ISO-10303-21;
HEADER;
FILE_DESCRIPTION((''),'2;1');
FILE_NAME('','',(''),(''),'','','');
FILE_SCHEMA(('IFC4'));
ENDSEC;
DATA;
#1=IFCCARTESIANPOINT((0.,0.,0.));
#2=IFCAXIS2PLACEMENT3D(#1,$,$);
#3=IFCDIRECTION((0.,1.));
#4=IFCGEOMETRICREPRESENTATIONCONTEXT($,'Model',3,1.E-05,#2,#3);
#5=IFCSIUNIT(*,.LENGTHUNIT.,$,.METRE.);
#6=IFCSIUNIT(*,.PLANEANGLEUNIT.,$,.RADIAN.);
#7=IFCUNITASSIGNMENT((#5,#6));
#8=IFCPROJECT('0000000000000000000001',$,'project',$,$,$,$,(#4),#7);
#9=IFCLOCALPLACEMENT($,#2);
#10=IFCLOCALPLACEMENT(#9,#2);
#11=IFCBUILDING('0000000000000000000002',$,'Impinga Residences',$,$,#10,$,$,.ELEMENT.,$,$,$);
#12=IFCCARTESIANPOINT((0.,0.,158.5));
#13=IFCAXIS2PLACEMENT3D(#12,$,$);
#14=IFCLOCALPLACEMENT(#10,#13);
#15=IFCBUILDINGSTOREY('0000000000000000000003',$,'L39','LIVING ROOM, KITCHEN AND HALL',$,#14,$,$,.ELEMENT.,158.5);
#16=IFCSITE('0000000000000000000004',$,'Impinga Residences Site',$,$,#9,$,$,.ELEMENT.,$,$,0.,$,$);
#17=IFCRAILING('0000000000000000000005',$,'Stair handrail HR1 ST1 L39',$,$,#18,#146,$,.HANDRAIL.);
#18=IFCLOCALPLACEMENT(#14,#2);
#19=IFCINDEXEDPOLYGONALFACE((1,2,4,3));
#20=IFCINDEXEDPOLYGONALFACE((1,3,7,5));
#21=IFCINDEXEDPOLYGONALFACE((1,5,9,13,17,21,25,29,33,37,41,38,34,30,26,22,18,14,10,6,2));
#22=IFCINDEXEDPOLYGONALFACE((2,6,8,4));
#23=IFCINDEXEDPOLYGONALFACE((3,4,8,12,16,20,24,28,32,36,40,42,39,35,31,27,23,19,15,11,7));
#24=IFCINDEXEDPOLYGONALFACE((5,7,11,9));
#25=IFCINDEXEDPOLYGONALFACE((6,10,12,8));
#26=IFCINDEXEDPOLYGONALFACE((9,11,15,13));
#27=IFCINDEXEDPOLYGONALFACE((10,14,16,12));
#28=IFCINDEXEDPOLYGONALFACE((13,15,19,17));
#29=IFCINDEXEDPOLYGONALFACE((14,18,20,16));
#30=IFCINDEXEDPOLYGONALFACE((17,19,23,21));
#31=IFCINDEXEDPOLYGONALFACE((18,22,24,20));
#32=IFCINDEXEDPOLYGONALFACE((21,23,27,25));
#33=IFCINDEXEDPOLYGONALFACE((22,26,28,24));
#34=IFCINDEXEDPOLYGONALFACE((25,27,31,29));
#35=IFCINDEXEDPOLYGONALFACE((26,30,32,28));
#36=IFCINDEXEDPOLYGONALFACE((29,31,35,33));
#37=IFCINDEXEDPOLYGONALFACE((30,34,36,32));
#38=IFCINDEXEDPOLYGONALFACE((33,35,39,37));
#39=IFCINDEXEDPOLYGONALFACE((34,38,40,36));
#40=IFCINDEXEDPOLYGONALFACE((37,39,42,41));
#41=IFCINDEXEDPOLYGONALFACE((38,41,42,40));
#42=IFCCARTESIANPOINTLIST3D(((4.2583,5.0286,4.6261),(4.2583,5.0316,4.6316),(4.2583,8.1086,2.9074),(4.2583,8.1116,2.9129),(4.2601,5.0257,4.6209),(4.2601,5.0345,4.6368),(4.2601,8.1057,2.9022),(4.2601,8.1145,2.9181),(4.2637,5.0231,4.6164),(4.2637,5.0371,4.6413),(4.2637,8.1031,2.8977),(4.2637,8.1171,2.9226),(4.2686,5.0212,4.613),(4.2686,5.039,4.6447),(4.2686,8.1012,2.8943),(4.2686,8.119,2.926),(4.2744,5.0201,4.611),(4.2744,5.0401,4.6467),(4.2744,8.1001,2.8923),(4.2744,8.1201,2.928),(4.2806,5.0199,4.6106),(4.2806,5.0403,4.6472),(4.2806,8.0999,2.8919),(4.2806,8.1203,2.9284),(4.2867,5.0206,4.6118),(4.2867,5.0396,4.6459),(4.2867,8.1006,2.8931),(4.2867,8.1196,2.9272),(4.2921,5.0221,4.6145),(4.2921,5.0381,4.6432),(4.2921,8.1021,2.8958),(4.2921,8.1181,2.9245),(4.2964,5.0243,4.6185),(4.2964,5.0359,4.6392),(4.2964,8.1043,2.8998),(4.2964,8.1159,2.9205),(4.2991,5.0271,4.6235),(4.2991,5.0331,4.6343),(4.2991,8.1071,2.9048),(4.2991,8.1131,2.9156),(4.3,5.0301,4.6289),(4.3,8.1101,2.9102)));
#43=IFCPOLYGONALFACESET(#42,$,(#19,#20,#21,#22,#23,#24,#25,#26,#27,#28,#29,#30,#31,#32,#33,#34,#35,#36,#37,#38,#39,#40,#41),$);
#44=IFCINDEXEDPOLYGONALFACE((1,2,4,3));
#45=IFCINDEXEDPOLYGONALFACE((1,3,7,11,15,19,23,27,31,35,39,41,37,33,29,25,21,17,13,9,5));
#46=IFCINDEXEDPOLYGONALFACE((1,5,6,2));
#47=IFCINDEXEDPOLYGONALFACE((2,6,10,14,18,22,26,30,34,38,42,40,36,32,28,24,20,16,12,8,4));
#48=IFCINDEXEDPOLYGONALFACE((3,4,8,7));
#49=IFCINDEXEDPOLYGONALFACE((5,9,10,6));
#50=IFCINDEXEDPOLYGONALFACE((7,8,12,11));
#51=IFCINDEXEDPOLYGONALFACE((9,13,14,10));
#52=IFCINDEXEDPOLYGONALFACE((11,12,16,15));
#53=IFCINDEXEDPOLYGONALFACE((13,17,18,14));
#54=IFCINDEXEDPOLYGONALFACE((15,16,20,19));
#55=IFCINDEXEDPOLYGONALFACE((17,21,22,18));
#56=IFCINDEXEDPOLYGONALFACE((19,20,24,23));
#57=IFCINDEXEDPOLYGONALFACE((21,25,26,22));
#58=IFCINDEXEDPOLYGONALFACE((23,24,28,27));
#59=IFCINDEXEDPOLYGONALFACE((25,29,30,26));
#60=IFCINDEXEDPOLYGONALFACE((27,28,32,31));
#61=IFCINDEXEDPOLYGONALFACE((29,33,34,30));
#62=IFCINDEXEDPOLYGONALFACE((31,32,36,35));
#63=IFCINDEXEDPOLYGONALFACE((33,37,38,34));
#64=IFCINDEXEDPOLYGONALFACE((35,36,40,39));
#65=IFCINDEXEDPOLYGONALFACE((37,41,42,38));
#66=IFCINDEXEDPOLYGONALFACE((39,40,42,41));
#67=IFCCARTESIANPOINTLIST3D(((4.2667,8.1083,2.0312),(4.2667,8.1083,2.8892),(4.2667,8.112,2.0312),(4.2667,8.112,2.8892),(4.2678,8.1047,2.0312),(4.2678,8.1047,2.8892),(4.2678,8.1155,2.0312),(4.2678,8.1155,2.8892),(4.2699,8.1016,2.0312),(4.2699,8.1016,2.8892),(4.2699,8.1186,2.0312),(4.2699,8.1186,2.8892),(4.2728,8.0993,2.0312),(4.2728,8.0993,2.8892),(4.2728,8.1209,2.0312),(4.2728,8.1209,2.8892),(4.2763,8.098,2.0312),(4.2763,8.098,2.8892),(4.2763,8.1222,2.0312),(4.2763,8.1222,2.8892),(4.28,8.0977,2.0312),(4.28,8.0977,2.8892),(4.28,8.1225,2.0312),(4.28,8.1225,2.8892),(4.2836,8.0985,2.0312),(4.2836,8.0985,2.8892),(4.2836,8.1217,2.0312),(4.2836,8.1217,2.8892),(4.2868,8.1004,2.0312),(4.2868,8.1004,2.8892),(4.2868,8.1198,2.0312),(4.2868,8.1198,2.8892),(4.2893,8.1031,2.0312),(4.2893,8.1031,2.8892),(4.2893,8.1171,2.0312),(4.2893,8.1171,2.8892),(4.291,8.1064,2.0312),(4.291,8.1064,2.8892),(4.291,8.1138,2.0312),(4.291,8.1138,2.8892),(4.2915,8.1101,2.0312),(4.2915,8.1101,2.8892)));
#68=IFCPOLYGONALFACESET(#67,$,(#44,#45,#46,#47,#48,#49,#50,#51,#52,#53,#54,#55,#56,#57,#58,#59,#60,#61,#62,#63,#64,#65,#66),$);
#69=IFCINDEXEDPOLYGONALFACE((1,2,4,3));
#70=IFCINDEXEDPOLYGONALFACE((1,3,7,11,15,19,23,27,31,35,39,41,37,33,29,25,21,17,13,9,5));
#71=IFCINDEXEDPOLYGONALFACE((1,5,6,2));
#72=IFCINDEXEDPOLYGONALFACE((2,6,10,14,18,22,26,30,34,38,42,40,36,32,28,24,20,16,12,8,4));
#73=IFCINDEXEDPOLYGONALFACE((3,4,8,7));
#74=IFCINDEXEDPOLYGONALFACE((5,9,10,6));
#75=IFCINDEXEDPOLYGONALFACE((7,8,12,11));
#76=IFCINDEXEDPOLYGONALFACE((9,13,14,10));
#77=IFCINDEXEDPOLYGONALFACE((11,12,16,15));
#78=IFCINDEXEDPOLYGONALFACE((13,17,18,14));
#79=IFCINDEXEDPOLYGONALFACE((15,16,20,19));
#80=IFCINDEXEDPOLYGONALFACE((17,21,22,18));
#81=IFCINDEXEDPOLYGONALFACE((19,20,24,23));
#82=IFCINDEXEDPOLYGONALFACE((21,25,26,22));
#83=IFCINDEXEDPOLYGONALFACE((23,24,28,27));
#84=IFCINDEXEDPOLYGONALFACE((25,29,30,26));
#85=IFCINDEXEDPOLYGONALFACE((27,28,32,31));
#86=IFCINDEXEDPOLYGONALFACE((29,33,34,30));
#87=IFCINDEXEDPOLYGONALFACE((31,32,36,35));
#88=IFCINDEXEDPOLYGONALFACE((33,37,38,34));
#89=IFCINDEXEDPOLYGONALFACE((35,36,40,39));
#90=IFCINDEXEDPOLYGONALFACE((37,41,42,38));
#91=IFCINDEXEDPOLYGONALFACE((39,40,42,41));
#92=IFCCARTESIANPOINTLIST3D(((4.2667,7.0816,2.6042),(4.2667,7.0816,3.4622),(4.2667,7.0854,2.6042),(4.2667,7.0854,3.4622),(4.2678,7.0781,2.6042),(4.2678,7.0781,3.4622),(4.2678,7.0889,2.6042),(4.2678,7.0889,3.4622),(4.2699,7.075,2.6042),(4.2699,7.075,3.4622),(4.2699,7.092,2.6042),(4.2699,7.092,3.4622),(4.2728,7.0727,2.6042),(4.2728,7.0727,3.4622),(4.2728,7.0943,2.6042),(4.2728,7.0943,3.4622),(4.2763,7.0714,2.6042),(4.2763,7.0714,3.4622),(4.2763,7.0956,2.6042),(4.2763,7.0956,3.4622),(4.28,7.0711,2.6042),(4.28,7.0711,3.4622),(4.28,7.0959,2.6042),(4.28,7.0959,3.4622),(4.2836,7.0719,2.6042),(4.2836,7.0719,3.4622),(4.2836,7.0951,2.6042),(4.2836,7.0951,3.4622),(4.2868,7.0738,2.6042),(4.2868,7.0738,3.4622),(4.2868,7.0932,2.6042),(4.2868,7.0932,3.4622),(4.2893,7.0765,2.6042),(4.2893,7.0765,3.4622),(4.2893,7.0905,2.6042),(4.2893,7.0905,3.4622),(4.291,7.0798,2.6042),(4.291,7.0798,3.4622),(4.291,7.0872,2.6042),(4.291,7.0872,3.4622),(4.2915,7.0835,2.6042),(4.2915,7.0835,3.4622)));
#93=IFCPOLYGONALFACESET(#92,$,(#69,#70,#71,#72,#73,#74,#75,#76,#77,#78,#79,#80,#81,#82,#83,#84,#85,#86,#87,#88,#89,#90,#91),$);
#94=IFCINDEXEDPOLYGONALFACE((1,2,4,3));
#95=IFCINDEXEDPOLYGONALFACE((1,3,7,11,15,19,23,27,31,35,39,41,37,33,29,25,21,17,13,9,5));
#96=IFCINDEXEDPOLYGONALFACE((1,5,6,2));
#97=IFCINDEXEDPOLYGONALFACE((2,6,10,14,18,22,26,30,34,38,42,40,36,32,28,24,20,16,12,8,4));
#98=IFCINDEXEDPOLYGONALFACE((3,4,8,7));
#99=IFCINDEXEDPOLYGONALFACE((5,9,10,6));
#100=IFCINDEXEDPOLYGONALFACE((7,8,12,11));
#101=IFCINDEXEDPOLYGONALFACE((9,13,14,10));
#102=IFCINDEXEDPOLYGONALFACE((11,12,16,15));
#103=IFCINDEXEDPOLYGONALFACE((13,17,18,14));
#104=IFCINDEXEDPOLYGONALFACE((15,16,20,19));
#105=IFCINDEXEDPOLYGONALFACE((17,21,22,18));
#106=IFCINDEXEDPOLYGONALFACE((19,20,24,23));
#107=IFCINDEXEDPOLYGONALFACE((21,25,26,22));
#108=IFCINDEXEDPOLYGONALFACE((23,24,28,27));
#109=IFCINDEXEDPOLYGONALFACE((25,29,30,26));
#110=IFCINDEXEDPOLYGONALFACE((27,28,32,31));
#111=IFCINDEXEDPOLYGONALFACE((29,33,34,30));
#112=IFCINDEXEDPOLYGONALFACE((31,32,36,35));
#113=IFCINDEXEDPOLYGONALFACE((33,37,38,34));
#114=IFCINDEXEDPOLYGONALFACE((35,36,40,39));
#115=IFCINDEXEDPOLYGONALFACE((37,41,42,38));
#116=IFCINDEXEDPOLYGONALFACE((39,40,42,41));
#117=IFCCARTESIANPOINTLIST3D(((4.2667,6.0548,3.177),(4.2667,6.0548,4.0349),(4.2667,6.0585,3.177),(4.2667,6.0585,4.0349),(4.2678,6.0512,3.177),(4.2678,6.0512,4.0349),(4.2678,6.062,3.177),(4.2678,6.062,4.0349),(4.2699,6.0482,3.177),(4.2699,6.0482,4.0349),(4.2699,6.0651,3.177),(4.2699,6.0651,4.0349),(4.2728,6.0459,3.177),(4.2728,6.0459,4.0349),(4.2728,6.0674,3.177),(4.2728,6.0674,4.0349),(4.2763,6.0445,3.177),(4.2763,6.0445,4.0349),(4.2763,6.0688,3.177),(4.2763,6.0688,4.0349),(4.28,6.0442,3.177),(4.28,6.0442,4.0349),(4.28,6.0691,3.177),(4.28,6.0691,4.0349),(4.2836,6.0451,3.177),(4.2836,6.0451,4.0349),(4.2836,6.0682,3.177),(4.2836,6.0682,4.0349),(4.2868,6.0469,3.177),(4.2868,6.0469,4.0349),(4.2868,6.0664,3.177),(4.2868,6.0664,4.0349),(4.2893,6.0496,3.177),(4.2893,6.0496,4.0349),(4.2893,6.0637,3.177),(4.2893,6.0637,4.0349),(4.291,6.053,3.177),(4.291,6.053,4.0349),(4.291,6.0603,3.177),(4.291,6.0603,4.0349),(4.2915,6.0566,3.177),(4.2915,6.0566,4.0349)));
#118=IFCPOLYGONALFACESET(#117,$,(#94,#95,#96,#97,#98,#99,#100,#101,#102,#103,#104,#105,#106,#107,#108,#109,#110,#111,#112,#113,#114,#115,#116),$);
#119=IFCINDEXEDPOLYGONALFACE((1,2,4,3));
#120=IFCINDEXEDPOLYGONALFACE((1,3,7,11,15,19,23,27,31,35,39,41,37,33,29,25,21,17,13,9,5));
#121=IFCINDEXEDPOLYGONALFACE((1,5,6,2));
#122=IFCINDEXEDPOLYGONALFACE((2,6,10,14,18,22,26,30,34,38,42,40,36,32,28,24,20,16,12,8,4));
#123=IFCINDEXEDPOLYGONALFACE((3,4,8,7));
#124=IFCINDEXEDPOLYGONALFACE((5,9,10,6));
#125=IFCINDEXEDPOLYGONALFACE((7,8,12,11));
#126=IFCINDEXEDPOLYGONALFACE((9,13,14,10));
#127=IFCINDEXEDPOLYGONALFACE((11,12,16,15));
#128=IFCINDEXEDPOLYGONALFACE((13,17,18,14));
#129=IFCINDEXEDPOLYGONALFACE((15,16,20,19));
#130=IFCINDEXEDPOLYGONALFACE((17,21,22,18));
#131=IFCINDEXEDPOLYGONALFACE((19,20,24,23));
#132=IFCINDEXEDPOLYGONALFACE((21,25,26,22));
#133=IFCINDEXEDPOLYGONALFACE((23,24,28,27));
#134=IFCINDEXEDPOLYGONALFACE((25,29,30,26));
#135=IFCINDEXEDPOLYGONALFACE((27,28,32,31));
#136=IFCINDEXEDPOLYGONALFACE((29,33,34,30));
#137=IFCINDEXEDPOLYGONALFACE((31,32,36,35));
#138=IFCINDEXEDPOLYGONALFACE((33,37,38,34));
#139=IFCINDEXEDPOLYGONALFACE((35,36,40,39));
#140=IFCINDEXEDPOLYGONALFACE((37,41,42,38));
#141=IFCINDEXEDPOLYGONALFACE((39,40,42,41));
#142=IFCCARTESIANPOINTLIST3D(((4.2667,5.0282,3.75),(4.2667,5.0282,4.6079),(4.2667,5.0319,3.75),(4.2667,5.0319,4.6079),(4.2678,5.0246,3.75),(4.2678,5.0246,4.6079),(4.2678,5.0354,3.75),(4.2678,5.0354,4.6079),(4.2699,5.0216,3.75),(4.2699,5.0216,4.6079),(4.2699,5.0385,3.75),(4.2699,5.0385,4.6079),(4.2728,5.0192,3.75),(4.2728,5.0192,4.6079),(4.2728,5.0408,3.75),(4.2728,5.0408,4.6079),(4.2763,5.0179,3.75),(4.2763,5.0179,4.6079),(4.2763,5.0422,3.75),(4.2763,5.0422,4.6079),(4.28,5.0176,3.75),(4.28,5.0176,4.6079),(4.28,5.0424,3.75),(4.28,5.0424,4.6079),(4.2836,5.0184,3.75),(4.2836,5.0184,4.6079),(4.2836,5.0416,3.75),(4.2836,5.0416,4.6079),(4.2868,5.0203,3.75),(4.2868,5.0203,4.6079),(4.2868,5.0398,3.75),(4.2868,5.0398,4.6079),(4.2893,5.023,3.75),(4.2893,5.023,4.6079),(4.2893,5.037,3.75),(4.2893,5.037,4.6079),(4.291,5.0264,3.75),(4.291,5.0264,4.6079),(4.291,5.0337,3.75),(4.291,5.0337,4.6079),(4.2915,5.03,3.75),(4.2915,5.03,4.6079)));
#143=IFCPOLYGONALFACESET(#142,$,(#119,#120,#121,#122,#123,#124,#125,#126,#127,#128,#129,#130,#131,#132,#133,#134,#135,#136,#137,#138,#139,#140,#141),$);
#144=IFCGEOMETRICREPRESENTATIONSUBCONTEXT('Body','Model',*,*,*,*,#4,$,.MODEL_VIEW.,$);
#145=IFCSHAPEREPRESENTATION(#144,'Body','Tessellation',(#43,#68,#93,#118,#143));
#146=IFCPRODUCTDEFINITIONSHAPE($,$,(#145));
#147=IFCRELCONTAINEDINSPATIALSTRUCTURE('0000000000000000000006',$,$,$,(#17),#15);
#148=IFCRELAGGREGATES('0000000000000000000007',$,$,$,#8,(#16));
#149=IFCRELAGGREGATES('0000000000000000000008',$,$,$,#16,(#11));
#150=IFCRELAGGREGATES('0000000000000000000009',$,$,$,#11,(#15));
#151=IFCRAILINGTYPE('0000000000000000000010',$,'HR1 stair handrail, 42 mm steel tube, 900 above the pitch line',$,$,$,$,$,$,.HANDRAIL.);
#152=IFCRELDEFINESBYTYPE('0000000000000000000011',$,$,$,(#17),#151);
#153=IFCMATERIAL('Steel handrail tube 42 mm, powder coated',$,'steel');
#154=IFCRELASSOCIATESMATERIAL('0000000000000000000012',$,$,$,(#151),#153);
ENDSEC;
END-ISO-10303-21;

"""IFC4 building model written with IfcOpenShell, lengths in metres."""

from ifc_helpers import new_model, si_unit, direction, frame, origin, origin_2d, place, context, subcontext, project, spatial, circle, extrude, material, type_object, element, save


model = new_model("IFC4")

# Units and contexts
model_context = context("Model", 3, precision=1e-05, world=origin(), true_north=direction((0.0, 1.0)))
body_context = subcontext(model_context, "Body", "Model", "MODEL_VIEW")
ifc_project = project(units=[si_unit("LENGTHUNIT", "METRE"), si_unit("PLANEANGLEUNIT", "RADIAN")], contexts=[model_context])

# Site, building, storey
site_placement = place(None, origin())
site = spatial("IfcSite", under=ifc_project, at=site_placement, Name="Impinga Residences Site", CompositionType="ELEMENT", RefElevation=0.0)
building_placement = place(site_placement, origin())
building = spatial("IfcBuilding", under=site, at=building_placement, Name="Impinga Residences", CompositionType="ELEMENT")
storey_placement = place(building_placement, frame((0.0, 0.0, 158.5)))
storey = spatial("IfcBuildingStorey", under=building, at=storey_placement, Name="L39", Description="LIVING ROOM, KITCHEN AND HALL", CompositionType="ELEMENT", Elevation=158.5)

# Railing
ifc_material_1 = material(Name="Steel handrail tube 42 mm, powder coated", Category="steel")
railing_type_1 = type_object("IfcRailingType", Name="HR1 stair handrail, 42 mm steel tube, 900 above the pitch line", PredefinedType="HANDRAIL", material=ifc_material_1)
railing_1_placement = place(storey_placement, frame((4.2791, 8.1101, 2.0312)))
element("IfcRailing", 1, at=railing_1_placement, inside=storey, type_object=railing_type_1, Name="Stair handrail HR1 ST1 L39", PredefinedType="HANDRAIL", context=body_context, shape_type="SweptSolid", body=[
    extrude(circle(Radius=0.021, at=origin_2d()), frame((0.0, 0.0, 0.8789), z_axis=(0.0, -0.873242, 0.487288), x_axis=(1.0, 0.0, 0.0)), (0.0, 0.0, 1.0), 3.5271),
    extrude(circle(Radius=0.0125, at=origin_2d()), origin(), (0.0, 0.0, 1.0), 0.8579),
    extrude(circle(Radius=0.0125, at=origin_2d()), frame((0.0, -1.0266, 0.573)), (0.0, 0.0, 1.0), 0.8579),
    extrude(circle(Radius=0.0125, at=origin_2d()), frame((0.0, -2.0535, 1.1458)), (0.0, 0.0, 1.0), 0.8579),
    extrude(circle(Radius=0.0125, at=origin_2d()), frame((0.0, -3.0801, 1.7188)), (0.0, 0.0, 1.0), 0.8579),
])

save(model, "model.ifc")
